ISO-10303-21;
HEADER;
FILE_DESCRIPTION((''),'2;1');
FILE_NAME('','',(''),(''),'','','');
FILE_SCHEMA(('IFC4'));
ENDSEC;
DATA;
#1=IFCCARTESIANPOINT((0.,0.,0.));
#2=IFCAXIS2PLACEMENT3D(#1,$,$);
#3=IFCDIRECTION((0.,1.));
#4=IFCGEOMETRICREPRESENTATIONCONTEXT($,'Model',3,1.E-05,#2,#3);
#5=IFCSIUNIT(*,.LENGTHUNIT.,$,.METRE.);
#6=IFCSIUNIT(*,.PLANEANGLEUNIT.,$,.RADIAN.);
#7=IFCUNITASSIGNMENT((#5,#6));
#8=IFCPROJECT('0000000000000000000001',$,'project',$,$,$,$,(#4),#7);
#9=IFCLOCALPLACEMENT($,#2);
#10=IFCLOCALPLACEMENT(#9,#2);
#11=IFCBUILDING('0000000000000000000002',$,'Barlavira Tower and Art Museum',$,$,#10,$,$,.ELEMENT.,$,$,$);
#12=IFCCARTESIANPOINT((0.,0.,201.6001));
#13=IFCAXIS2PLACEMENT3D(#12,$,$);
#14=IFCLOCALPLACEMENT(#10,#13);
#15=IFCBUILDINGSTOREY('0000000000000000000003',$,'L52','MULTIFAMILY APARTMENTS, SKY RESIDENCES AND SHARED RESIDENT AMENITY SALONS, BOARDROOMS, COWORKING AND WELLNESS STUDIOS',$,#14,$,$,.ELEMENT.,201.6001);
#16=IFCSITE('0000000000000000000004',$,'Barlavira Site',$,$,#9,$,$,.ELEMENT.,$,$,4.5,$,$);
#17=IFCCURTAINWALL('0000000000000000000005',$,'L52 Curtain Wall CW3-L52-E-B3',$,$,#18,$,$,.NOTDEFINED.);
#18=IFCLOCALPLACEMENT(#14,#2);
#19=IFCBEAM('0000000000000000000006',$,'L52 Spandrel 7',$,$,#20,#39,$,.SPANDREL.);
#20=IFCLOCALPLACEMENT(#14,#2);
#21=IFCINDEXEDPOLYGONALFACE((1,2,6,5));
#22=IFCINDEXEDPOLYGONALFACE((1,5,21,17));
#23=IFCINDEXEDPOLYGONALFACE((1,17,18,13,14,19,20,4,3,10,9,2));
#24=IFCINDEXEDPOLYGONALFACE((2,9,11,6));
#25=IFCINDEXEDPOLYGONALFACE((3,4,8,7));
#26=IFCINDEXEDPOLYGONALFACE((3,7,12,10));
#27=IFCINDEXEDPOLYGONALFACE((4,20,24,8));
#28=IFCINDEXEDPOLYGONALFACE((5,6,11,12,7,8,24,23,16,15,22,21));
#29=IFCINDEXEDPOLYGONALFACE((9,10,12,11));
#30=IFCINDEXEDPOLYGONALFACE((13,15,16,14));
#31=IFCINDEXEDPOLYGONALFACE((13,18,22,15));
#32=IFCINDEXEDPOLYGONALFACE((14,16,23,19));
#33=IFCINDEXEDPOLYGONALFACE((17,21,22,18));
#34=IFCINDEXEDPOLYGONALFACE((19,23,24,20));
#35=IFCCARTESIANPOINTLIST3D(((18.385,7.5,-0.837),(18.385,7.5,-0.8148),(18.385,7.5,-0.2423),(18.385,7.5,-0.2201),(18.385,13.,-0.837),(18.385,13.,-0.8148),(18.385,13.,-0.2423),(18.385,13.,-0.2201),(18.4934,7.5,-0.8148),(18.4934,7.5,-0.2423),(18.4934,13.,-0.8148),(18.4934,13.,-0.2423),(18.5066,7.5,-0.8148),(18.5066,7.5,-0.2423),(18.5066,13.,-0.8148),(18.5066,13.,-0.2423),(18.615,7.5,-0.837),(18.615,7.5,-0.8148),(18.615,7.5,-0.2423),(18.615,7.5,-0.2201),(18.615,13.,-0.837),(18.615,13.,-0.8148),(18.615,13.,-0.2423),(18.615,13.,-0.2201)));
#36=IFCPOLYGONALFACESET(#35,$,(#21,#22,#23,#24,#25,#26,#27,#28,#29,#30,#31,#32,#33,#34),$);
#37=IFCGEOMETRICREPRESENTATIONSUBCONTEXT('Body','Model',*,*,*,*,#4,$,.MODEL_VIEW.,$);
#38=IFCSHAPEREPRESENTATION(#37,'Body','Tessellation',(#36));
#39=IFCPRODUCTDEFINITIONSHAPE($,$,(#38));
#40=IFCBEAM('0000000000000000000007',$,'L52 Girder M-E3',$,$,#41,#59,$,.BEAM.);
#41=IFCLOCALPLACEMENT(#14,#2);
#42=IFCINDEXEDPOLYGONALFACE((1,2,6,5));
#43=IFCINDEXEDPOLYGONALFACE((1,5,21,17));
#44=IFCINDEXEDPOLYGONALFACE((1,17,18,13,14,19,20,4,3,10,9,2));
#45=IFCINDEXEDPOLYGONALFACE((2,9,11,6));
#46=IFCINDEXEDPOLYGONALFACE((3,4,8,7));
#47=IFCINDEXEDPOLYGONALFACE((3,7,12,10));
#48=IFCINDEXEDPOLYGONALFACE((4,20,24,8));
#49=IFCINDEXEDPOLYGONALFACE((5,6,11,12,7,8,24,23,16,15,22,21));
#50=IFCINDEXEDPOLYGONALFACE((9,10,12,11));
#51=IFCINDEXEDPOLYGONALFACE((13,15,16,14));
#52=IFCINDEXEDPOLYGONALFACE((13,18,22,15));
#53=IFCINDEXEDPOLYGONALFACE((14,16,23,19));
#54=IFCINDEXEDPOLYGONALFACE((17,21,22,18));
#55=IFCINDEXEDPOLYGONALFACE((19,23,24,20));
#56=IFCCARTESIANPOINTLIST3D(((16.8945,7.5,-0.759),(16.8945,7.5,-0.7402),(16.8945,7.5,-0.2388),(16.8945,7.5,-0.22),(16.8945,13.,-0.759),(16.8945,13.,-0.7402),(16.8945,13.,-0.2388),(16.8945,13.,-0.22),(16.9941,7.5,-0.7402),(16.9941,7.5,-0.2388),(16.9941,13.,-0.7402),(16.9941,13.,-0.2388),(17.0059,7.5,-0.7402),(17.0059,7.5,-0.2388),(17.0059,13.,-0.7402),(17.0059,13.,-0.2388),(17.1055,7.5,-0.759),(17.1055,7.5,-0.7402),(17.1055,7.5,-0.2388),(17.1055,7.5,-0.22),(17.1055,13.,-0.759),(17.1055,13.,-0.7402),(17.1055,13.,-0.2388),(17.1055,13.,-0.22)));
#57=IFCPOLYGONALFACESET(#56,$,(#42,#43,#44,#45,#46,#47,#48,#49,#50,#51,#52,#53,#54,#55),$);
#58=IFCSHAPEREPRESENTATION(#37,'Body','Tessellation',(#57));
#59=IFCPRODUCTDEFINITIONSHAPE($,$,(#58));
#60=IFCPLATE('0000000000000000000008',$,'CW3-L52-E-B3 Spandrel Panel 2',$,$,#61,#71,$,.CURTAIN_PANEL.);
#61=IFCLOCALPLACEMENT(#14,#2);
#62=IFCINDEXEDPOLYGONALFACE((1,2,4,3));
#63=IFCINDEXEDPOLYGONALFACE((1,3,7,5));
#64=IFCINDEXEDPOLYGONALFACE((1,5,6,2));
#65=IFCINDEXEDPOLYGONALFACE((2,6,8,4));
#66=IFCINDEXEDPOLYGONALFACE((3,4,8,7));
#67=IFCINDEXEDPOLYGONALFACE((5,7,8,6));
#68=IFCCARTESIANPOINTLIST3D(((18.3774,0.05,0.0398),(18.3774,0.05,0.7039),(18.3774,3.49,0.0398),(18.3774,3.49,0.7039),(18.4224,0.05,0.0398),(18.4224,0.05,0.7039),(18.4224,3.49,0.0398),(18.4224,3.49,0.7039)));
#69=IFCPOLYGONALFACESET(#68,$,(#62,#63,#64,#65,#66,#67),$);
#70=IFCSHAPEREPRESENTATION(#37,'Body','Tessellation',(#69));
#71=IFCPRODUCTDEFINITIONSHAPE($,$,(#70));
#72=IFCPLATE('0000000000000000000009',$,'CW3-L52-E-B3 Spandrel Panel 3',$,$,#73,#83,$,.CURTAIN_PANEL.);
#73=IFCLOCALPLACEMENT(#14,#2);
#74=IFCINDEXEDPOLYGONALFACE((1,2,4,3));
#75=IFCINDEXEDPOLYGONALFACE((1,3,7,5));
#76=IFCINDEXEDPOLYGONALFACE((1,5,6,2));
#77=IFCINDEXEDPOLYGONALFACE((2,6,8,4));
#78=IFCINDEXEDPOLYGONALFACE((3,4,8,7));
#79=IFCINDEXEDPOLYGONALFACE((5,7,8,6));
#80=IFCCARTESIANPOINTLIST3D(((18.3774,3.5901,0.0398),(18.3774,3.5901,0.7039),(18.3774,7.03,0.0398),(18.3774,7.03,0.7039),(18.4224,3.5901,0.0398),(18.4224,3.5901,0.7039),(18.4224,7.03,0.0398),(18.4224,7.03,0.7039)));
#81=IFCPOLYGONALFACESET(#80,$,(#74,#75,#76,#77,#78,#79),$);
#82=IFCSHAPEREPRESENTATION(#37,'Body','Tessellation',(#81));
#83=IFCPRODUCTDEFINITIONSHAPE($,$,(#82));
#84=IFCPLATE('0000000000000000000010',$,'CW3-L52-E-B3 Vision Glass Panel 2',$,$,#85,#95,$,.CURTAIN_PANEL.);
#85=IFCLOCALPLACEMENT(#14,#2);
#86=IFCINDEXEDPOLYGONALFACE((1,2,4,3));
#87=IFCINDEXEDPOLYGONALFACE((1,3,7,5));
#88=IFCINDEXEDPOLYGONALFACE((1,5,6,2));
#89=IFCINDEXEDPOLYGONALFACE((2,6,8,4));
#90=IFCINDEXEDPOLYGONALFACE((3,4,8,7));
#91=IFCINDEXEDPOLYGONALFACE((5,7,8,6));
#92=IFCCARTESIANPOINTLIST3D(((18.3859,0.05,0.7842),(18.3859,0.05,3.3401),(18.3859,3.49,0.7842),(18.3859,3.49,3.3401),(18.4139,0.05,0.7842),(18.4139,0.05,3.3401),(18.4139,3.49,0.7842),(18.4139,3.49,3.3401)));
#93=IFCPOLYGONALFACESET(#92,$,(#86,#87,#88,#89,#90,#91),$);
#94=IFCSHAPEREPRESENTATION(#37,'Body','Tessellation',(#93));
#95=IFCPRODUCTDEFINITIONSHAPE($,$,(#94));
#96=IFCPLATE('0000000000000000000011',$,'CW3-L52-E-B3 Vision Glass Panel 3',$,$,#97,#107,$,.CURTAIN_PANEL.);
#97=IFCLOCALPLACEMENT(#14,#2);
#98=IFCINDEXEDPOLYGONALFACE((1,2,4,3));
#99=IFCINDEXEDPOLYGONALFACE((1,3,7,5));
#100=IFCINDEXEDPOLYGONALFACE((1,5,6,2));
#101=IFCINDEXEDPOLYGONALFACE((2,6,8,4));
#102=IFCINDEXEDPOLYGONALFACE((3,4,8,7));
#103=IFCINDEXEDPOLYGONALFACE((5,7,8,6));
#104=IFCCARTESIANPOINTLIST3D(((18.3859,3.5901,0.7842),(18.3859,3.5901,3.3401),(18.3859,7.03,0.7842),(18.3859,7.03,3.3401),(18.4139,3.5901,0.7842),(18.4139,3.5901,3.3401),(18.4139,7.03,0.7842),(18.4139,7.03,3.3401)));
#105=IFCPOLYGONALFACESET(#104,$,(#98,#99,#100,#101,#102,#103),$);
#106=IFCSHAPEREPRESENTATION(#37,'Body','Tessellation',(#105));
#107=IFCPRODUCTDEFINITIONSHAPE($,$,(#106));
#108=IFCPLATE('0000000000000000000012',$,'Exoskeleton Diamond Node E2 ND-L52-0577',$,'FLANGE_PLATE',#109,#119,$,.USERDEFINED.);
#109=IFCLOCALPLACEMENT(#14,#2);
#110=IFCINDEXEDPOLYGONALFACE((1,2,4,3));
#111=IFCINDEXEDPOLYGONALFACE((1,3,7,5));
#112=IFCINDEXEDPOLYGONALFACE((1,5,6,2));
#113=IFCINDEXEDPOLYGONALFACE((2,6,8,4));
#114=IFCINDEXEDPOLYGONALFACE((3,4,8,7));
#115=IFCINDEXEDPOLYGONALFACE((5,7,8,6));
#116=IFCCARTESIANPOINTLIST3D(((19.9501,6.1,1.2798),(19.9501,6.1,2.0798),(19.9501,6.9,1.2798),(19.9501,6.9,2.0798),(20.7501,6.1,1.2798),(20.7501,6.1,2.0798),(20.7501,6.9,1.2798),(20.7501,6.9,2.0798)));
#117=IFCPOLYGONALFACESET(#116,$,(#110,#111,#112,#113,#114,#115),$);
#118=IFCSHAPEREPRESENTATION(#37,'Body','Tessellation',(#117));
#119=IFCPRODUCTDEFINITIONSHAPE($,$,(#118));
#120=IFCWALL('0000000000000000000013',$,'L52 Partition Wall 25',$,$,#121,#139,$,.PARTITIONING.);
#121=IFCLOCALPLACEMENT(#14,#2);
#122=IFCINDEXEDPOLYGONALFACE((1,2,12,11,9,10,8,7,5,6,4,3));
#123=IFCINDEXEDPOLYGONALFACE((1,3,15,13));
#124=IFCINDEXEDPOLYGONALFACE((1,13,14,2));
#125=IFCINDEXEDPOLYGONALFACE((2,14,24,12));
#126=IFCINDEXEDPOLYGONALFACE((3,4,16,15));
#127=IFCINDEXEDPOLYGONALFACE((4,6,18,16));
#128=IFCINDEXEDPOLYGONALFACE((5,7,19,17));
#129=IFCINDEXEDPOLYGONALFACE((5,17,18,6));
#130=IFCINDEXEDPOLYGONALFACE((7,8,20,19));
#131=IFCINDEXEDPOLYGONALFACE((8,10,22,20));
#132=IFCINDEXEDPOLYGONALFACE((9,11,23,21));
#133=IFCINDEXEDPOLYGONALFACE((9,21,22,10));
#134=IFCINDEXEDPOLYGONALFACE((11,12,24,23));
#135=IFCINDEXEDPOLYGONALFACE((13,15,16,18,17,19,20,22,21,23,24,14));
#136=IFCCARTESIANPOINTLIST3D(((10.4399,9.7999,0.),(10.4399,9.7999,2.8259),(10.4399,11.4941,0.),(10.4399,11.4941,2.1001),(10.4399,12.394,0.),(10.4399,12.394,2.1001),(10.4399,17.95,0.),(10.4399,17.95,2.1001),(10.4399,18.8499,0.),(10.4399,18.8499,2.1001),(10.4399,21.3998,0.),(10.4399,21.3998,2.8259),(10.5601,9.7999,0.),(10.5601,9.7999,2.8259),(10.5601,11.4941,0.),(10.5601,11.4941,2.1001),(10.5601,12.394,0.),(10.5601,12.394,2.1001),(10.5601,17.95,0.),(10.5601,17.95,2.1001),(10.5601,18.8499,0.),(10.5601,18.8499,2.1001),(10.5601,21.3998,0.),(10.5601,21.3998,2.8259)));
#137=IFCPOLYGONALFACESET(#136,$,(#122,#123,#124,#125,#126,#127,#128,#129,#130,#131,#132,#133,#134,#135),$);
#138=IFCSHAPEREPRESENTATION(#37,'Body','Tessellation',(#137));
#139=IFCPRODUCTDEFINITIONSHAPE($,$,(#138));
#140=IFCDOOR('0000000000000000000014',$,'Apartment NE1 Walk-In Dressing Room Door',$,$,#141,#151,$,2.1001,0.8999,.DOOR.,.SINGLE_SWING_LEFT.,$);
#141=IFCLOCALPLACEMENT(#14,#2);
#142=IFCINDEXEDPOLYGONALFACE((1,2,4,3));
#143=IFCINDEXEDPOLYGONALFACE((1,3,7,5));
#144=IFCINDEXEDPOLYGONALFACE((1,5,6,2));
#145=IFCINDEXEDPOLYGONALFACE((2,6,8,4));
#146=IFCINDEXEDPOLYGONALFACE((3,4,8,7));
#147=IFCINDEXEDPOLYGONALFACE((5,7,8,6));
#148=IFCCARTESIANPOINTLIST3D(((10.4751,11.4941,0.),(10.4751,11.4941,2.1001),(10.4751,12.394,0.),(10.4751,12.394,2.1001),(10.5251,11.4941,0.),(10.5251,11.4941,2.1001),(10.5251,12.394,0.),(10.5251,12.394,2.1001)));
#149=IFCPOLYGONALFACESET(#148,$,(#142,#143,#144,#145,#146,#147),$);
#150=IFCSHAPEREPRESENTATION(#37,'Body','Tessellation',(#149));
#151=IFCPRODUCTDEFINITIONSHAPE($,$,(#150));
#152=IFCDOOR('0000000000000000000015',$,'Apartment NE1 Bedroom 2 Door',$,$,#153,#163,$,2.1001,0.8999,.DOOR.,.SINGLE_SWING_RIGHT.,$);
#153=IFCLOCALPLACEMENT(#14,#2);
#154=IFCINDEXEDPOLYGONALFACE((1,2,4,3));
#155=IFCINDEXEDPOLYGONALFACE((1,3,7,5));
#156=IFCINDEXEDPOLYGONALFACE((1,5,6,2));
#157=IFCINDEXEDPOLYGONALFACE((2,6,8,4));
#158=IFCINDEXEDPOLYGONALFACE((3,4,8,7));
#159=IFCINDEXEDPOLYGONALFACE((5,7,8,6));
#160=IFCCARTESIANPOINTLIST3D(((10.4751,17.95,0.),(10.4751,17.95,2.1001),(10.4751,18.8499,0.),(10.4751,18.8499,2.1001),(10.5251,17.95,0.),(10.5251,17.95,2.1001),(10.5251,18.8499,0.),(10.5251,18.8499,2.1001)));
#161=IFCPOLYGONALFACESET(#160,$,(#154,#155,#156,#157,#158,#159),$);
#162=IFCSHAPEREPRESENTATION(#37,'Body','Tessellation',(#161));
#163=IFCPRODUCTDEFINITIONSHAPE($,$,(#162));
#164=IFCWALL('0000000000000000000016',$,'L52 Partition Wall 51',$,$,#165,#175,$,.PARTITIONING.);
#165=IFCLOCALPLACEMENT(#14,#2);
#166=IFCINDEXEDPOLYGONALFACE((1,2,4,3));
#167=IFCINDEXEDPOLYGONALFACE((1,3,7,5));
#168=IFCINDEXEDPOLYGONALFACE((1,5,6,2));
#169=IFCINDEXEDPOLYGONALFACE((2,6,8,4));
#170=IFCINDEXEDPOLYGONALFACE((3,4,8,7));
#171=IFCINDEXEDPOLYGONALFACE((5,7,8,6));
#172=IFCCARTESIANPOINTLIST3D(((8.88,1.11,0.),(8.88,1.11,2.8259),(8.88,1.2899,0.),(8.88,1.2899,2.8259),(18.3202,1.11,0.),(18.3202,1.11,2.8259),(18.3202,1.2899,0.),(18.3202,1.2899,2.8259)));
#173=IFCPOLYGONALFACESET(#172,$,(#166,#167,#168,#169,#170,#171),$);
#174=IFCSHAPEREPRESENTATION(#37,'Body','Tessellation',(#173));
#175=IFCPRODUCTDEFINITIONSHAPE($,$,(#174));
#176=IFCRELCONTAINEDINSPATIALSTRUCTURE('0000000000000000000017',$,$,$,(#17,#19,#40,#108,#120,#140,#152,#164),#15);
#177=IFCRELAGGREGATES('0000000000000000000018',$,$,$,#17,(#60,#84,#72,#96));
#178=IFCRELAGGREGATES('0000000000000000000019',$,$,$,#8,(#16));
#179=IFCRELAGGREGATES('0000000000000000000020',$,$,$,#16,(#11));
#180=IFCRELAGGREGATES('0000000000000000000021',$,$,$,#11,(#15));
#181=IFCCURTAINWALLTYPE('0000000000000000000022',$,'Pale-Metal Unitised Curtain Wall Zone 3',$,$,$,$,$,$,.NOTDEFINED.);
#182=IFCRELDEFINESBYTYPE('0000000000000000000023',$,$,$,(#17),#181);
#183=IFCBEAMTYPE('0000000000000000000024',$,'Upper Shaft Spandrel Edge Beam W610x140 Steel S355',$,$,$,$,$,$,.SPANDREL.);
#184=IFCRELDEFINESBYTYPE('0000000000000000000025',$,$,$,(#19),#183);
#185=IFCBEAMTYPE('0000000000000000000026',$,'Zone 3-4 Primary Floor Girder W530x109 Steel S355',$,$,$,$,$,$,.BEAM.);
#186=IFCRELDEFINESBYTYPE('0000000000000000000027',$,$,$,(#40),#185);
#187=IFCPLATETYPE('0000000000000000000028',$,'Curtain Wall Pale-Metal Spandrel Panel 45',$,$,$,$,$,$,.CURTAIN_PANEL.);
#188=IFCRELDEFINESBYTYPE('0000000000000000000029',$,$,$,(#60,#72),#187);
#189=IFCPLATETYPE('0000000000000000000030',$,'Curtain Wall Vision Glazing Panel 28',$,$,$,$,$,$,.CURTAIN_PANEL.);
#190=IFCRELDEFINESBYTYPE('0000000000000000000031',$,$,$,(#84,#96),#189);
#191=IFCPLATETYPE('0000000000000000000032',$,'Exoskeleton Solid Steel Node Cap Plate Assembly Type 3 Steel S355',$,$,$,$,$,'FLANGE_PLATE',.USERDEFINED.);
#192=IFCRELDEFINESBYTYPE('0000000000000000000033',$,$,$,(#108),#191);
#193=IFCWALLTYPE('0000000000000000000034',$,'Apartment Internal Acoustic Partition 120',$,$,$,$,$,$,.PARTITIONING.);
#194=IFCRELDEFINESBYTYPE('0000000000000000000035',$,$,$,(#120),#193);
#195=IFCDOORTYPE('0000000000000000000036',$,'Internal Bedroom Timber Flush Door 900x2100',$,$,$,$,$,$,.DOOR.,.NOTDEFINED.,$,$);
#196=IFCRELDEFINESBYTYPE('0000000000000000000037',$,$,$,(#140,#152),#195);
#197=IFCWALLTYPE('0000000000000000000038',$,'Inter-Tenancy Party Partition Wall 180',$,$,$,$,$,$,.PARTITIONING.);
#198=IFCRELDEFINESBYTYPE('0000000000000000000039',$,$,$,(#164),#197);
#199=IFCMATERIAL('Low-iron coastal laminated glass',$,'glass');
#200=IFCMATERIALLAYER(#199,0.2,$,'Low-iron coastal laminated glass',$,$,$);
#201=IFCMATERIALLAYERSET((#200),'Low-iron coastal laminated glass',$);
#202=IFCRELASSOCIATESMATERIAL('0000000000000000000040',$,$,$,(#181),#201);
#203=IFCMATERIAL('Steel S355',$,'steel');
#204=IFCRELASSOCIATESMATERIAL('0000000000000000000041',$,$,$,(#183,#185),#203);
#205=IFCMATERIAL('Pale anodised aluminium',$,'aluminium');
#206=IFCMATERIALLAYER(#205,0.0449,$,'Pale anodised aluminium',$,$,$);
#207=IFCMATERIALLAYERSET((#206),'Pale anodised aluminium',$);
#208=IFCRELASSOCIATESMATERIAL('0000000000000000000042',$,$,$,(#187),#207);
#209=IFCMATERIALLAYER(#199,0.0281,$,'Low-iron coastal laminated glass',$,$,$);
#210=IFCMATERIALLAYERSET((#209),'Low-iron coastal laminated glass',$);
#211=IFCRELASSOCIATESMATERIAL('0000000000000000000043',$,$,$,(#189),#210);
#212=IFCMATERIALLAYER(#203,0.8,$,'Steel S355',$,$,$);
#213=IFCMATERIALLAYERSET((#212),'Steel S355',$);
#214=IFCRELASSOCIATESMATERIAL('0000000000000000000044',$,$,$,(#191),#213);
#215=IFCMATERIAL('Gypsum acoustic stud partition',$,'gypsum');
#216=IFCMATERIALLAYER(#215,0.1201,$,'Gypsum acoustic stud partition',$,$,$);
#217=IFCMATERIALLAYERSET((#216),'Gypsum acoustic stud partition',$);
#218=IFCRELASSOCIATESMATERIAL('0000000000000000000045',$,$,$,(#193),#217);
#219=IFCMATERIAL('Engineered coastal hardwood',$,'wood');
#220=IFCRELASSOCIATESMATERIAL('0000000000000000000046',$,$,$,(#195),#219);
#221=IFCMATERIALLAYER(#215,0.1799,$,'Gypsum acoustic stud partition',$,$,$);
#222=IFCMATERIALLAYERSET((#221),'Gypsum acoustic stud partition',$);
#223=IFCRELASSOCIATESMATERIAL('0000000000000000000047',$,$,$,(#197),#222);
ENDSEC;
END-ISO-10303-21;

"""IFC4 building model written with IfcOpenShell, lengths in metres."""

from ifc_helpers import new_model, si_unit, direction, frame, frame_2d, origin, origin_2d, place, context, subcontext, project, spatial, rectangle, i_section, extrude, material, layer, layer_set, material_profile, profile_set, type_object, element, fill, aggregate, save


model = new_model("IFC4")

# Units and contexts
model_context = context("Model", 3, precision=1e-05, world=origin(), true_north=direction((0.0, 1.0)))
body_context = subcontext(model_context, "Body", "Model", "MODEL_VIEW")
ifc_project = project(units=[si_unit("LENGTHUNIT", "METRE"), si_unit("PLANEANGLEUNIT", "RADIAN")], contexts=[model_context])

# Site, building, storey
site_placement = place(None, origin())
site = spatial("IfcSite", under=ifc_project, at=site_placement, Name="Barlavira Site", CompositionType="ELEMENT", RefElevation=4.5)
building_placement = place(site_placement, origin())
building = spatial("IfcBuilding", under=site, at=building_placement, Name="Barlavira Tower and Art Museum", CompositionType="ELEMENT")
storey_placement = place(building_placement, frame((0.0, 0.0, 201.6001)))
storey = spatial("IfcBuildingStorey", under=building, at=storey_placement, Name="L52", Description="MULTIFAMILY APARTMENTS, SKY RESIDENCES AND SHARED RESIDENT AMENITY SALONS, BOARDROOMS, COWORKING AND WELLNESS STUDIOS", CompositionType="ELEMENT", Elevation=201.6001)

# Curtain wall
ifc_material_1 = material(Name="Low-iron coastal laminated glass", Category="glass")
ifc_layer_1 = layer(ifc_material_1, 0.2, Name="Low-iron coastal laminated glass")
ifc_layer_set_1 = layer_set([ifc_layer_1], Name="Low-iron coastal laminated glass")
curtain_wall_type = type_object("IfcCurtainWallType", Name="Pale-Metal Unitised Curtain Wall Zone 3", PredefinedType="NOTDEFINED", material=ifc_layer_set_1)
curtain_wall_placement = place(storey_placement, origin())
curtain_wall = element("IfcCurtainWall", 1, at=curtain_wall_placement, inside=storey, type_object=curtain_wall_type, Name="L52 Curtain Wall CW3-L52-E-B3", PredefinedType="NOTDEFINED")
ifc_material_2 = material(Name="Pale anodised aluminium", Category="aluminium")

# Beams
ifc_material_3 = material(Name="Steel S355", Category="steel")
ifc_material_profile_1 = material_profile(ifc_material_3, i_section(OverallWidth=0.23, OverallDepth=0.6169, WebThickness=0.0132, FlangeThickness=0.0222, at=origin_2d()), Name="W610x140.0")
ifc_profile_set_1 = profile_set([ifc_material_profile_1], Name="Steel S355")
beam_type_1 = type_object("IfcBeamType", Name="Upper Shaft Spandrel Edge Beam W610x140 Steel S355", PredefinedType="SPANDREL", material=ifc_profile_set_1)
beam_1_placement = place(storey_placement, frame((18.5, 7.5, -0.5286), z_axis=(0.0, 1.0, 0.0), x_axis=(-1.0, 0.0, 0.0)))
element("IfcBeam", 2, at=beam_1_placement, inside=storey, type_object=beam_type_1, Name="L52 Spandrel 7", PredefinedType="SPANDREL", context=body_context, shape_type="SweptSolid", body=[
    extrude(i_section(OverallWidth=0.23, OverallDepth=0.6169, WebThickness=0.0132, FlangeThickness=0.0222, at=origin_2d()), origin(), (0.0, 0.0, 1.0), 5.5),
])
ifc_material_profile_2 = material_profile(ifc_material_3, i_section(OverallWidth=0.2109, OverallDepth=0.5391, WebThickness=0.0117, FlangeThickness=0.0188, at=origin_2d()), Name="W530x109.0")
ifc_profile_set_2 = profile_set([ifc_material_profile_2], Name="Steel S355")
beam_type_2 = type_object("IfcBeamType", Name="Zone 3-4 Primary Floor Girder W530x109 Steel S355", PredefinedType="BEAM", material=ifc_profile_set_2)
beam_2_placement = place(storey_placement, frame((17.0, 7.5, -0.4895), z_axis=(0.0, 1.0, 0.0), x_axis=(-1.0, 0.0, 0.0)))
element("IfcBeam", 3, at=beam_2_placement, inside=storey, type_object=beam_type_2, Name="L52 Girder M-E3", PredefinedType="BEAM", context=body_context, shape_type="SweptSolid", body=[
    extrude(i_section(OverallWidth=0.2109, OverallDepth=0.5391, WebThickness=0.0117, FlangeThickness=0.0188, at=origin_2d()), origin(), (0.0, 0.0, 1.0), 5.5),
])

# Plates
ifc_layer_2 = layer(ifc_material_2, 0.0449, Name="Pale anodised aluminium")
ifc_layer_set_2 = layer_set([ifc_layer_2], Name="Pale anodised aluminium")
plate_type_1 = type_object("IfcPlateType", Name="Curtain Wall Pale-Metal Spandrel Panel 45", PredefinedType="CURTAIN_PANEL", material=ifc_layer_set_2)
plate_1_placement = place(storey_placement, frame((18.3999, 1.77, 0.0398), z_axis=(0.0, 0.0, 1.0), x_axis=(0.0, 1.0, 0.0)))
plate_1 = element("IfcPlate", 4, at=plate_1_placement, type_object=plate_type_1, Name="CW3-L52-E-B3 Spandrel Panel 2", PredefinedType="CURTAIN_PANEL", context=body_context, shape_type="SweptSolid", body=[
    extrude(rectangle(XDim=3.4399, YDim=0.0449, at=origin_2d()), origin(), (0.0, 0.0, 1.0), 0.6641),
])
plate_2_placement = place(storey_placement, frame((18.3999, 5.3101, 0.0398), z_axis=(0.0, 0.0, 1.0), x_axis=(0.0, 1.0, 0.0)))
plate_2 = element("IfcPlate", 5, at=plate_2_placement, type_object=plate_type_1, Name="CW3-L52-E-B3 Spandrel Panel 3", PredefinedType="CURTAIN_PANEL", context=body_context, shape_type="SweptSolid", body=[
    extrude(rectangle(XDim=3.4399, YDim=0.0449, at=origin_2d()), origin(), (0.0, 0.0, 1.0), 0.6641),
])
ifc_layer_3 = layer(ifc_material_1, 0.0281, Name="Low-iron coastal laminated glass")
ifc_layer_set_3 = layer_set([ifc_layer_3], Name="Low-iron coastal laminated glass")
plate_type_2 = type_object("IfcPlateType", Name="Curtain Wall Vision Glazing Panel 28", PredefinedType="CURTAIN_PANEL", material=ifc_layer_set_3)
plate_3_placement = place(storey_placement, frame((18.3999, 1.77, 0.7842), z_axis=(0.0, 0.0, 1.0), x_axis=(0.0, 1.0, 0.0)))
plate_3 = element("IfcPlate", 6, at=plate_3_placement, type_object=plate_type_2, Name="CW3-L52-E-B3 Vision Glass Panel 2", PredefinedType="CURTAIN_PANEL", context=body_context, shape_type="SweptSolid", body=[
    extrude(rectangle(XDim=3.4399, YDim=0.0281, at=origin_2d()), origin(), (0.0, 0.0, 1.0), 2.5559),
])
plate_4_placement = place(storey_placement, frame((18.3999, 5.3101, 0.7842), z_axis=(0.0, 0.0, 1.0), x_axis=(0.0, 1.0, 0.0)))
plate_4 = element("IfcPlate", 7, at=plate_4_placement, type_object=plate_type_2, Name="CW3-L52-E-B3 Vision Glass Panel 3", PredefinedType="CURTAIN_PANEL", context=body_context, shape_type="SweptSolid", body=[
    extrude(rectangle(XDim=3.4399, YDim=0.0281, at=origin_2d()), origin(), (0.0, 0.0, 1.0), 2.5559),
])
aggregate(curtain_wall, [plate_1, plate_3, plate_2, plate_4])
ifc_layer_4 = layer(ifc_material_3, 0.8, Name="Steel S355")
ifc_layer_set_4 = layer_set([ifc_layer_4], Name="Steel S355")
plate_type_3 = type_object("IfcPlateType", Name="Exoskeleton Solid Steel Node Cap Plate Assembly Type 3 Steel S355", ElementType="FLANGE_PLATE", PredefinedType="USERDEFINED", material=ifc_layer_set_4)
plate_5_placement = place(storey_placement, frame((20.3501, 6.5, 1.2798), z_axis=(0.0, 0.0, 1.0), x_axis=(1.0, 0.0, 0.0)))
element("IfcPlate", 8, at=plate_5_placement, inside=storey, type_object=plate_type_3, Name="Exoskeleton Diamond Node E2 ND-L52-0577", ObjectType="FLANGE_PLATE", PredefinedType="USERDEFINED", context=body_context, shape_type="SweptSolid", body=[
    extrude(rectangle(XDim=0.8, YDim=0.8, at=origin_2d()), origin(), (0.0, 0.0, 1.0), 0.8),
])

# Wall, openings, doors
ifc_material_4 = material(Name="Gypsum acoustic stud partition", Category="gypsum")
ifc_layer_5 = layer(ifc_material_4, 0.1201, Name="Gypsum acoustic stud partition")
ifc_layer_set_5 = layer_set([ifc_layer_5], Name="Gypsum acoustic stud partition")
wall_type_1 = type_object("IfcWallType", Name="Apartment Internal Acoustic Partition 120", PredefinedType="PARTITIONING", material=ifc_layer_set_5)
wall_1_placement = place(storey_placement, frame((10.5, 9.8, 0.0), z_axis=(0.0, 0.0, 1.0), x_axis=(0.0, 1.0, 0.0)))
wall_1 = element("IfcWall", 9, at=wall_1_placement, inside=storey, type_object=wall_type_1, Name="L52 Partition Wall 25", PredefinedType="PARTITIONING", context=body_context, shape_type="SweptSolid", body=[
    extrude(rectangle(XDim=11.5999, YDim=0.1201, at=frame_2d((5.7998, 0.0))), origin(), (0.0, 0.0, 1.0), 2.8259),
])
opening_1_placement = place(wall_1_placement, frame((1.6941, 0.0, 0.0)))
opening_1 = element("IfcOpeningElement", 10, at=opening_1_placement, cuts=wall_1, PredefinedType="OPENING", context=body_context, shape_type="SweptSolid", body=[
    extrude(rectangle(XDim=0.8999, YDim=2.1001, at=frame_2d((0.45, 1.05))), frame((0.0, 0.0701, 0.0), z_axis=(0.0, -1.0, 0.0), x_axis=(1.0, 0.0, 0.0)), (0.0, 0.0, 1.0), 0.1401),
])
opening_2_placement = place(wall_1_placement, frame((8.1499, 0.0, 0.0)))
opening_2 = element("IfcOpeningElement", 11, at=opening_2_placement, cuts=wall_1, PredefinedType="OPENING", context=body_context, shape_type="SweptSolid", body=[
    extrude(rectangle(XDim=0.8999, YDim=2.1001, at=frame_2d((0.45, 1.05))), frame((0.0, 0.0701, 0.0), z_axis=(0.0, -1.0, 0.0), x_axis=(1.0, 0.0, 0.0)), (0.0, 0.0, 1.0), 0.1401),
])
ifc_material_5 = material(Name="Engineered coastal hardwood", Category="wood")
door_type = type_object("IfcDoorType", Name="Internal Bedroom Timber Flush Door 900x2100", OperationType="NOTDEFINED", PredefinedType="DOOR", material=ifc_material_5)
door_1_placement = place(opening_1_placement, origin())
door_1 = element("IfcDoor", 12, at=door_1_placement, inside=storey, type_object=door_type, Name="Apartment NE1 Walk-In Dressing Room Door", OperationType="SINGLE_SWING_LEFT", OverallHeight=2.1001, OverallWidth=0.8999, PredefinedType="DOOR", context=body_context, shape_type="SweptSolid", body=[
    extrude(rectangle(XDim=0.8999, YDim=2.1001, at=frame_2d((0.45, 1.05))), frame((0.0, 0.0249, 0.0), z_axis=(0.0, -1.0, 0.0), x_axis=(1.0, 0.0, 0.0)), (0.0, 0.0, 1.0), 0.05),
])
fill(opening_1, door_1)
door_2_placement = place(opening_2_placement, origin())
door_2 = element("IfcDoor", 13, at=door_2_placement, inside=storey, type_object=door_type, Name="Apartment NE1 Bedroom 2 Door", OperationType="SINGLE_SWING_RIGHT", OverallHeight=2.1001, OverallWidth=0.8999, PredefinedType="DOOR", context=body_context, shape_type="SweptSolid", body=[
    extrude(rectangle(XDim=0.8999, YDim=2.1001, at=frame_2d((0.45, 1.05))), frame((0.0, 0.0249, 0.0), z_axis=(0.0, -1.0, 0.0), x_axis=(1.0, 0.0, 0.0)), (0.0, 0.0, 1.0), 0.05),
])
fill(opening_2, door_2)

# Wall
ifc_layer_6 = layer(ifc_material_4, 0.1799, Name="Gypsum acoustic stud partition")
ifc_layer_set_6 = layer_set([ifc_layer_6], Name="Gypsum acoustic stud partition")
wall_type_2 = type_object("IfcWallType", Name="Inter-Tenancy Party Partition Wall 180", PredefinedType="PARTITIONING", material=ifc_layer_set_6)
wall_2_placement = place(storey_placement, frame((8.8799, 1.2, 0.0), z_axis=(0.0, 0.0, 1.0), x_axis=(1.0, 0.0, 0.0)))
element("IfcWall", 14, at=wall_2_placement, inside=storey, type_object=wall_type_2, Name="L52 Partition Wall 51", PredefinedType="PARTITIONING", context=body_context, shape_type="SweptSolid", body=[
    extrude(rectangle(XDim=9.4402, YDim=0.1799, at=frame_2d((4.7202, 0.0))), origin(), (0.0, 0.0, 1.0), 2.8259),
])

save(model, "model.ifc")
